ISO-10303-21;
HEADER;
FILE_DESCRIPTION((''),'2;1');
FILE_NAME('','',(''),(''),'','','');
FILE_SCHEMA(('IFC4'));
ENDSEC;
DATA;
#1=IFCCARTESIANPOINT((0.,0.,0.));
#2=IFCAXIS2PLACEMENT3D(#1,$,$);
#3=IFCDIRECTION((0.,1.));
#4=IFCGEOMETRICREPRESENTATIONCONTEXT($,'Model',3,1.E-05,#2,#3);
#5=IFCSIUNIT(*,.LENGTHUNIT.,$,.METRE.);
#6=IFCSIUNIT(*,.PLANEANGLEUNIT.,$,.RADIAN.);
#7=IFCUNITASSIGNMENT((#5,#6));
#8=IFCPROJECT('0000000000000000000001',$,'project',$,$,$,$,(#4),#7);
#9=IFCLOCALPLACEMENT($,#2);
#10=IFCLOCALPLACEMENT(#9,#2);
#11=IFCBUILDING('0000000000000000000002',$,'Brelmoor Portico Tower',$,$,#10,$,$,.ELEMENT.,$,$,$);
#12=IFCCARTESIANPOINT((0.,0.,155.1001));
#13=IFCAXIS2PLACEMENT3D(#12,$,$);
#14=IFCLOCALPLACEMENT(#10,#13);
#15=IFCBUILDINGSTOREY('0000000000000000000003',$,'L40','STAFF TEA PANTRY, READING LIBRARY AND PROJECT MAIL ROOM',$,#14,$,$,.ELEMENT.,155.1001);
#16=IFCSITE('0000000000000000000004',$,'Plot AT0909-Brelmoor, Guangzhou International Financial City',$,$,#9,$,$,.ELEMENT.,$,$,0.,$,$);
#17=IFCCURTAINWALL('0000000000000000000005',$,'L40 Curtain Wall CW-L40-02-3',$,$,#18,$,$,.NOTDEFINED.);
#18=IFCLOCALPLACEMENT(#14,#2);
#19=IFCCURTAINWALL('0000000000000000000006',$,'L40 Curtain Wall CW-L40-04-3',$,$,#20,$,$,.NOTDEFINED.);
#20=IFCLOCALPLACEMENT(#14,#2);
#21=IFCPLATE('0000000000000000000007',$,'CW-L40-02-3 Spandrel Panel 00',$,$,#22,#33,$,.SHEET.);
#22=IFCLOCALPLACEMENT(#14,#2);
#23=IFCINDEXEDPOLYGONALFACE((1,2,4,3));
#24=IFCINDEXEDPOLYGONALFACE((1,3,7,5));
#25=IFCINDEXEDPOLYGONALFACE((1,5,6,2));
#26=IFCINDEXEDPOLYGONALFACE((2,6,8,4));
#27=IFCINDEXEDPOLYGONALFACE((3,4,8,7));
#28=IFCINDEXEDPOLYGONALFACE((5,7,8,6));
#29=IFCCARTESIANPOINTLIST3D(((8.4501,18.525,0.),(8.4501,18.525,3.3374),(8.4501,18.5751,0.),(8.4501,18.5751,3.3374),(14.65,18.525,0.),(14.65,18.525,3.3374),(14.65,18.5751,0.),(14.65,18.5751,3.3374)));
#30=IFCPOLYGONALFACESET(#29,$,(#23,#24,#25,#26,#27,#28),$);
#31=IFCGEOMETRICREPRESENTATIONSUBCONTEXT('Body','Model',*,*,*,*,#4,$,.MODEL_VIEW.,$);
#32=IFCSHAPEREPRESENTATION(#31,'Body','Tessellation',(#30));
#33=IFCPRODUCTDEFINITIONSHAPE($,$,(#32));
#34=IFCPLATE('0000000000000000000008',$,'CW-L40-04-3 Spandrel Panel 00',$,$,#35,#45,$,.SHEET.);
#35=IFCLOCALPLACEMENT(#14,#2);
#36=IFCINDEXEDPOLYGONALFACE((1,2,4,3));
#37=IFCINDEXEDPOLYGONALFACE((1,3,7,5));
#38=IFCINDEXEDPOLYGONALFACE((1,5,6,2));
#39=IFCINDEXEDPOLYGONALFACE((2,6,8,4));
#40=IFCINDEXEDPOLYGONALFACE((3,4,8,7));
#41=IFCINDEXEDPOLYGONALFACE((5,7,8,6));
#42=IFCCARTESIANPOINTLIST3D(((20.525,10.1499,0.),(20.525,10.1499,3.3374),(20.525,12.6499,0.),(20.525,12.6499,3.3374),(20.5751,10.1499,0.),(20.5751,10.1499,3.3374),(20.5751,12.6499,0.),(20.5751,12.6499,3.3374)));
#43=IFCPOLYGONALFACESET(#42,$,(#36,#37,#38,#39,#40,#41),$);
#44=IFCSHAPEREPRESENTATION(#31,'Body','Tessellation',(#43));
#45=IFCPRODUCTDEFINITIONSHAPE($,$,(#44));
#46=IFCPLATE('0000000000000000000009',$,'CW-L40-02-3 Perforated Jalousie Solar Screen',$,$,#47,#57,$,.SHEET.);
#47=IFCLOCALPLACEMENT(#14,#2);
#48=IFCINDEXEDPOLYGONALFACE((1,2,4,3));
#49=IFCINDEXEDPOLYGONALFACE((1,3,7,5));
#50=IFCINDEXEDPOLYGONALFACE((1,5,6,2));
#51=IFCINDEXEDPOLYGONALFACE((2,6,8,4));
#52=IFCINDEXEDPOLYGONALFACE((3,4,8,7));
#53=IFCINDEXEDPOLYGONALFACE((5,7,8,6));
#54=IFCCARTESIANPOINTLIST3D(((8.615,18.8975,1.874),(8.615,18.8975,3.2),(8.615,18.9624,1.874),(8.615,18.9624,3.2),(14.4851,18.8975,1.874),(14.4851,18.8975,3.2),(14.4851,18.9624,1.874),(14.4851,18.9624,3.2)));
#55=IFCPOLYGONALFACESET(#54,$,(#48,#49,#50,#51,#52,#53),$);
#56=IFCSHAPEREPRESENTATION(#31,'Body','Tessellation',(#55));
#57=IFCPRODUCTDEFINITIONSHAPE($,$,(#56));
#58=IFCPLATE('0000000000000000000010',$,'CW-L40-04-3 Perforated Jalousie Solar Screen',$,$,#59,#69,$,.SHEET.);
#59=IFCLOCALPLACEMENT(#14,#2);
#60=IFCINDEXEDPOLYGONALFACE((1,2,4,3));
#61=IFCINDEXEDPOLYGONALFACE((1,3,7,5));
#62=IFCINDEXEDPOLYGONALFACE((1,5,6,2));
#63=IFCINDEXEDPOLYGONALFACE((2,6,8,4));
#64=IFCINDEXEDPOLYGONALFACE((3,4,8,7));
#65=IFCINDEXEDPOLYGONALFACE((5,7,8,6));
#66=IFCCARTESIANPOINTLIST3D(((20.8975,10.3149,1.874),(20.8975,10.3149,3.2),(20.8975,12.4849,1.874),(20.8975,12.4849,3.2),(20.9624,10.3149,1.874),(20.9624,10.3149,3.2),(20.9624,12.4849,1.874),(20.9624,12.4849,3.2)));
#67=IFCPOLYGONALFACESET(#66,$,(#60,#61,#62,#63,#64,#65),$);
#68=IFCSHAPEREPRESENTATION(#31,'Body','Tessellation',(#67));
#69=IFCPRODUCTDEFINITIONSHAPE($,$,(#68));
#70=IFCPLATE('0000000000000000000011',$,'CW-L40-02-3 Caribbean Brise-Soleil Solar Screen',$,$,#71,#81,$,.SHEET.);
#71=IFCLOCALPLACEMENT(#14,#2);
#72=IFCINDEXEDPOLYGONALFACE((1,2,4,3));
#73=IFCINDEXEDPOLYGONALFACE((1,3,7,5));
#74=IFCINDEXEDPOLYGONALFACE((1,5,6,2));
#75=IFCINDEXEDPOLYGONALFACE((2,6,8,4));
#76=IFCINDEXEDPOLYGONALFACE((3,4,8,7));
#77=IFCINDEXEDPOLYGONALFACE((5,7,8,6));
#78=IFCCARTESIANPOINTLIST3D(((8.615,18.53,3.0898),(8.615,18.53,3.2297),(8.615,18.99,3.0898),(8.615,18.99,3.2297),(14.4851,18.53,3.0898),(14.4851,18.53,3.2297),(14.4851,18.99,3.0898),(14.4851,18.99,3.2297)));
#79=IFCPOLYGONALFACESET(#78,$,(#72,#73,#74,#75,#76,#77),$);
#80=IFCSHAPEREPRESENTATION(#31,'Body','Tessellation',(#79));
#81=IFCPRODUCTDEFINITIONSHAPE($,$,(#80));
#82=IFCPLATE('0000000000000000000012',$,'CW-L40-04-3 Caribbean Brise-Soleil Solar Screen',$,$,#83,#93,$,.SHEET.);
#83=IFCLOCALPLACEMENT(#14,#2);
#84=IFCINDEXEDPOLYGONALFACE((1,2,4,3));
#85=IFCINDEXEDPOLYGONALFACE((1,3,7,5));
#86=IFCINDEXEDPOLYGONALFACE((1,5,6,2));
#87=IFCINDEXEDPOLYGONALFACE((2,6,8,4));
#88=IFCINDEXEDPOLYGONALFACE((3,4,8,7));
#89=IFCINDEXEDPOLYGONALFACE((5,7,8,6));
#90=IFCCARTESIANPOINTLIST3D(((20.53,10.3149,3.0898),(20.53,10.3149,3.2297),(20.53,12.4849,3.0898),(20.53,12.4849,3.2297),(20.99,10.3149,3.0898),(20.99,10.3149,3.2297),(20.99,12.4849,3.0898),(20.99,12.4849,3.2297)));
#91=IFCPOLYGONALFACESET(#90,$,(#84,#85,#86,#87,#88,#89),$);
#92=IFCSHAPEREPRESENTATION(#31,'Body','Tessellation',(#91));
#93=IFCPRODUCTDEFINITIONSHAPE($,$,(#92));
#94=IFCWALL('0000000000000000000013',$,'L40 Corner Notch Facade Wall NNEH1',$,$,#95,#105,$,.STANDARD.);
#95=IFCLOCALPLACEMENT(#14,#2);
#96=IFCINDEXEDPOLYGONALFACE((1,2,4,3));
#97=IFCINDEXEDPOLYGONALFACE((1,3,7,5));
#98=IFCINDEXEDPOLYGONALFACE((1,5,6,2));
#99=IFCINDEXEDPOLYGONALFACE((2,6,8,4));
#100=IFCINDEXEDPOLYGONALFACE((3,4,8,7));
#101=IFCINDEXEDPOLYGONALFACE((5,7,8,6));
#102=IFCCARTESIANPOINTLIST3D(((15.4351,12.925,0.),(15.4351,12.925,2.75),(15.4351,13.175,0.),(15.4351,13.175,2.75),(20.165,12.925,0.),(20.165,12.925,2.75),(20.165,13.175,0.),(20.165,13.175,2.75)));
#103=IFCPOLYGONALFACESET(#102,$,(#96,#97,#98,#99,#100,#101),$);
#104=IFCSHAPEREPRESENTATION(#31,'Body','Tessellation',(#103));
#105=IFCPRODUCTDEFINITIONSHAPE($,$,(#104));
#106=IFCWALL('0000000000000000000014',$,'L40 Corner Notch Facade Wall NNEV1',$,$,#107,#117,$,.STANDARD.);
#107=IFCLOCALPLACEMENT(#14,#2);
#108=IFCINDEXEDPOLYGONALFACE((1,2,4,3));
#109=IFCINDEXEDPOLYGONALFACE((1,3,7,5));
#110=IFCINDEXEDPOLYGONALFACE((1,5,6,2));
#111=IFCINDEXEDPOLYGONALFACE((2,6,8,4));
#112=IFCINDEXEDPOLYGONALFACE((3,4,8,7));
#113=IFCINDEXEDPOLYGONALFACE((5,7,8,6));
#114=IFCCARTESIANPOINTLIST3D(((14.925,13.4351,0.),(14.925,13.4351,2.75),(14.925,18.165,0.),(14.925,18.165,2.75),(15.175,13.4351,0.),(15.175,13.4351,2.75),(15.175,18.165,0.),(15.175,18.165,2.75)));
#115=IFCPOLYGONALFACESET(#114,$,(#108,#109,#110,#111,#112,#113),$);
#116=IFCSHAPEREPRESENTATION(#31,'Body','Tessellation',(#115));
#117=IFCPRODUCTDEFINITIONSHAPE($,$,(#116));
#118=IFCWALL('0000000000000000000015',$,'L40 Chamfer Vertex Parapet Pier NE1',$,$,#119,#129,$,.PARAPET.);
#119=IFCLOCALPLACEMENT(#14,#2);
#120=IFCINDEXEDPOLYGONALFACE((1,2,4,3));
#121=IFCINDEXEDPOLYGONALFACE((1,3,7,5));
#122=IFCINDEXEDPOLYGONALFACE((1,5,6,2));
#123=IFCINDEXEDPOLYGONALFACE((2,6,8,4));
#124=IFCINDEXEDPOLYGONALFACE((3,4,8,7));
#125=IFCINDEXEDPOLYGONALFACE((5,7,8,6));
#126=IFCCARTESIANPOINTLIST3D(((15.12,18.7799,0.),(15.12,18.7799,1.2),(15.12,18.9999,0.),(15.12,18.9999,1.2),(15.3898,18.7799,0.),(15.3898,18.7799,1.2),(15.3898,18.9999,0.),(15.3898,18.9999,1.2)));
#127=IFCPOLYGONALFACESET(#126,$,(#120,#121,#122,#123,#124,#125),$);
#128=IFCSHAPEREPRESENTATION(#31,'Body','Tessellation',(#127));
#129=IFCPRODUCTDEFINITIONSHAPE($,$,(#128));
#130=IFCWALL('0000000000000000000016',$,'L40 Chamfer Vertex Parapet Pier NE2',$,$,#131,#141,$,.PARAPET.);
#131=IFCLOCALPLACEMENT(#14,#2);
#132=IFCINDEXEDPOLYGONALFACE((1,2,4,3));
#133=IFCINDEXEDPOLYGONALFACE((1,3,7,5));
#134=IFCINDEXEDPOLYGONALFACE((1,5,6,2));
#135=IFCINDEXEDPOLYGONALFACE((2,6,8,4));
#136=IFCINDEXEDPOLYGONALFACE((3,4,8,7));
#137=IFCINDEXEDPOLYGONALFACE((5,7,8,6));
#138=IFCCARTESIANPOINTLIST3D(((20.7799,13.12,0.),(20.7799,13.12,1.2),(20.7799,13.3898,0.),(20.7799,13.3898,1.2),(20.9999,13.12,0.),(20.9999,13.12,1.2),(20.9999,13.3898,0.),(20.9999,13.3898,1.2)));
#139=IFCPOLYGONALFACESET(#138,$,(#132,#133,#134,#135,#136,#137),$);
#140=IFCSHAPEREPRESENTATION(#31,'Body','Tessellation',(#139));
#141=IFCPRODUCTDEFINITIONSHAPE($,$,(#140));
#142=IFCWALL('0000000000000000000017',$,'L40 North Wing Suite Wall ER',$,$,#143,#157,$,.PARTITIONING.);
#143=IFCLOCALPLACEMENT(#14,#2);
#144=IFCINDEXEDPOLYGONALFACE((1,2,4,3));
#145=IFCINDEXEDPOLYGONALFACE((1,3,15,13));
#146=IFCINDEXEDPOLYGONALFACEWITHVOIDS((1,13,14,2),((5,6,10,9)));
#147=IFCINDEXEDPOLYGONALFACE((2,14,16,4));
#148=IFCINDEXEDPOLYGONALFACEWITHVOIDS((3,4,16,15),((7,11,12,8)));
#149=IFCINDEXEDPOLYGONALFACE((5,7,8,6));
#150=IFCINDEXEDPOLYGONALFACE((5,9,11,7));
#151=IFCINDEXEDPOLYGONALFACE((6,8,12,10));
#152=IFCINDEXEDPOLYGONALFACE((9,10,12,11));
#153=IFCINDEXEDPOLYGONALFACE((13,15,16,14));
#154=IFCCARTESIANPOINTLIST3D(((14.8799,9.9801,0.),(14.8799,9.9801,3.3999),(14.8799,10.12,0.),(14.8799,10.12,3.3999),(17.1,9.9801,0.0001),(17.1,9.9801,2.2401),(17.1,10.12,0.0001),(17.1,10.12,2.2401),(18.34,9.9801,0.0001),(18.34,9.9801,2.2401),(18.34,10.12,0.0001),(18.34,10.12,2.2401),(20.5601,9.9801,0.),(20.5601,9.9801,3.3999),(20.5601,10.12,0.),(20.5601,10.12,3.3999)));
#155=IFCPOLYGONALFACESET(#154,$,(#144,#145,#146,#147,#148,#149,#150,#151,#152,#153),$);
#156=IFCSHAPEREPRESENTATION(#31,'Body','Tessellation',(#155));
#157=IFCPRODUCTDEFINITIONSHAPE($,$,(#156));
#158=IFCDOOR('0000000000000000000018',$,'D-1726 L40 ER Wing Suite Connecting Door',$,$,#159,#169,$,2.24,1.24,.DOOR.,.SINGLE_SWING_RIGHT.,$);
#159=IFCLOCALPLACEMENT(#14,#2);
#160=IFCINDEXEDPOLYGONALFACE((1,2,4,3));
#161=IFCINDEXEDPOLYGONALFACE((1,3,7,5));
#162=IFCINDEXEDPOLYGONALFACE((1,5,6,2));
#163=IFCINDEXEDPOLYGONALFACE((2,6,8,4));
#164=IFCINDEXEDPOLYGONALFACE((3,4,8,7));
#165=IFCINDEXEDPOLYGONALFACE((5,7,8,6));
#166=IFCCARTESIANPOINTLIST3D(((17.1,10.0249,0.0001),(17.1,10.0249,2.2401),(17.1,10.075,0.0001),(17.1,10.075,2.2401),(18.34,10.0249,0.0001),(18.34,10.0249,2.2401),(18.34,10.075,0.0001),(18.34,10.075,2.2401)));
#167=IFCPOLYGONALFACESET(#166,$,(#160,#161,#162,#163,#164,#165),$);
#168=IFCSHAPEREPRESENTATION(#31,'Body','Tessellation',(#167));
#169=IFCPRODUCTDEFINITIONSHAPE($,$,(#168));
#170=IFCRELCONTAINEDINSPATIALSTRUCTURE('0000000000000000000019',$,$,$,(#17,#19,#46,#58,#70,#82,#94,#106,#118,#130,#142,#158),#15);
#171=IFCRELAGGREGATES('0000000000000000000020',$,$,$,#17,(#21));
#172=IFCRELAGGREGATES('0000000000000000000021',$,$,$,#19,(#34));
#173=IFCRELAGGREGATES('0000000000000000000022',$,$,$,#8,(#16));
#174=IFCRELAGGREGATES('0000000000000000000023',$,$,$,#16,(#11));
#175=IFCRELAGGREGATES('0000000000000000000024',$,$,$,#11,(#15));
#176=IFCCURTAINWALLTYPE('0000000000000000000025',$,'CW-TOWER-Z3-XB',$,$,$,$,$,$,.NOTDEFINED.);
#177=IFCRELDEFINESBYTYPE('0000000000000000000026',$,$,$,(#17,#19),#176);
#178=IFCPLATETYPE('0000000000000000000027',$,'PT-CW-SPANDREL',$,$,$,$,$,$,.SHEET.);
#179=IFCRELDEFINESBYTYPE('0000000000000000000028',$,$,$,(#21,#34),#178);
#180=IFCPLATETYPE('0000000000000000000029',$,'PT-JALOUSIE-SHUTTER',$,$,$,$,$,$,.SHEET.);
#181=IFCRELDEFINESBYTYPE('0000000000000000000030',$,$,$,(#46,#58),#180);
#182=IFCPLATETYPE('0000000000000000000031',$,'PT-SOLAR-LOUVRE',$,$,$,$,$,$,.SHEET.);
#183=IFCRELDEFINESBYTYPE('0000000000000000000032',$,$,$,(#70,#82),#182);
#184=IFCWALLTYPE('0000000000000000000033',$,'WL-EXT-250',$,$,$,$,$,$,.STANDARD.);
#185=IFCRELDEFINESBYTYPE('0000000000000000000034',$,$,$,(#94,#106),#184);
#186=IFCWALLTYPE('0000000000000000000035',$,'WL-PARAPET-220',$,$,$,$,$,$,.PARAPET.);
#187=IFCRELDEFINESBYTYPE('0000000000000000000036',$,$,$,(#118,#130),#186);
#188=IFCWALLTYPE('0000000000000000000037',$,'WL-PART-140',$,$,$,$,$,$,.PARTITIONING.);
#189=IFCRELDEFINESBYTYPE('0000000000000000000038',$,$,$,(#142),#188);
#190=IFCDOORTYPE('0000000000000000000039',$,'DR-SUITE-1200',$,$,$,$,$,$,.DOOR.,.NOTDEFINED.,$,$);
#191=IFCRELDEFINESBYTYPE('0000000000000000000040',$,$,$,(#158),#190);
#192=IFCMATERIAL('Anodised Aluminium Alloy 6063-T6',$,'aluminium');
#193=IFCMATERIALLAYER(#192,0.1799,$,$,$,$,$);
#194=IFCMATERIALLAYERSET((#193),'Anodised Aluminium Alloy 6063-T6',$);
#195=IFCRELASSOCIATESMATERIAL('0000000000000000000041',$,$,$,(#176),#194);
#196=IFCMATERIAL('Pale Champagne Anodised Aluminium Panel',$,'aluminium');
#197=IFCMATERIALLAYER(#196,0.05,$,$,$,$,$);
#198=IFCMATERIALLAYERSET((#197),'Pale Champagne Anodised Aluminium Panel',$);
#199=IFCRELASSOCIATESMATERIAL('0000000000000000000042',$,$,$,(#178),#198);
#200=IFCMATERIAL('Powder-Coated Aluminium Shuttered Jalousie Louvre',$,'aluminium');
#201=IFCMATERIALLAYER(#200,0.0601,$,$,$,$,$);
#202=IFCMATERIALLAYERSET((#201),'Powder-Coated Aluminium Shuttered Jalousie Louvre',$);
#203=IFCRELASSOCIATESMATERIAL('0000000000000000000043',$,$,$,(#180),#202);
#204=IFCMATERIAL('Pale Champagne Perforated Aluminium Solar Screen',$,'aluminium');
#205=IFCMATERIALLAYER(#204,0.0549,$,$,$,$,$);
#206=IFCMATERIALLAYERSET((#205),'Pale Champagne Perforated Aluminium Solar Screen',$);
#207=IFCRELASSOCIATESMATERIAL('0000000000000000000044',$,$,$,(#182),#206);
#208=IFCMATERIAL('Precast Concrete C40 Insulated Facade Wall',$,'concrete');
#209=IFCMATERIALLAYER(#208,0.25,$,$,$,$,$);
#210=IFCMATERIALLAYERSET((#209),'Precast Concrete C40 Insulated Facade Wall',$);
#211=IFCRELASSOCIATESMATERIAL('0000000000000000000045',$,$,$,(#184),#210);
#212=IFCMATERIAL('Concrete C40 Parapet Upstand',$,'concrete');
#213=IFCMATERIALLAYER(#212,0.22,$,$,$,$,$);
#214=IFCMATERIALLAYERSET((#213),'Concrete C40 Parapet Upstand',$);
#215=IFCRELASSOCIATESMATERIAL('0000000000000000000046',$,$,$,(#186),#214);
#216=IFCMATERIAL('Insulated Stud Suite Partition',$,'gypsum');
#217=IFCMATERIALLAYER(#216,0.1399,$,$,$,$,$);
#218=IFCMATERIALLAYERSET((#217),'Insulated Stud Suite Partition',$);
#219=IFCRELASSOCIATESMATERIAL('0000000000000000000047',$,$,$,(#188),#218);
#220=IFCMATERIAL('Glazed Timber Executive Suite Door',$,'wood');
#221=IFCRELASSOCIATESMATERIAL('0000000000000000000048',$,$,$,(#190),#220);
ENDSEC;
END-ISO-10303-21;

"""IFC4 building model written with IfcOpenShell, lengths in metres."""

from ifc_helpers import new_model, si_unit, direction, frame, frame_2d, origin, origin_2d, place, context, subcontext, project, spatial, rectangle, extrude, material, layer, layer_set, type_object, element, fill, aggregate, save


model = new_model("IFC4")

# Units and contexts
model_context = context("Model", 3, precision=1e-05, world=origin(), true_north=direction((0.0, 1.0)))
body_context = subcontext(model_context, "Body", "Model", "MODEL_VIEW")
ifc_project = project(units=[si_unit("LENGTHUNIT", "METRE"), si_unit("PLANEANGLEUNIT", "RADIAN")], contexts=[model_context])

# Site, building, storey
site_placement = place(None, origin())
site = spatial("IfcSite", under=ifc_project, at=site_placement, Name="Plot AT0909-Brelmoor, Guangzhou International Financial City", CompositionType="ELEMENT", RefElevation=0.0)
building_placement = place(site_placement, origin())
building = spatial("IfcBuilding", under=site, at=building_placement, Name="Brelmoor Portico Tower", CompositionType="ELEMENT")
storey_placement = place(building_placement, frame((0.0, 0.0, 155.1001)))
storey = spatial("IfcBuildingStorey", under=building, at=storey_placement, Name="L40", Description="STAFF TEA PANTRY, READING LIBRARY AND PROJECT MAIL ROOM", CompositionType="ELEMENT", Elevation=155.1001)

# Curtain wall
ifc_material_1 = material(Name="Anodised Aluminium Alloy 6063-T6", Category="aluminium")
ifc_layer_1 = layer(ifc_material_1, 0.1799)
ifc_layer_set_1 = layer_set([ifc_layer_1], Name="Anodised Aluminium Alloy 6063-T6")
curtain_wall_type = type_object("IfcCurtainWallType", Name="CW-TOWER-Z3-XB", PredefinedType="NOTDEFINED", material=ifc_layer_set_1)
curtain_wall_1_placement = place(storey_placement, origin())
curtain_wall_1 = element("IfcCurtainWall", 1, at=curtain_wall_1_placement, inside=storey, type_object=curtain_wall_type, Name="L40 Curtain Wall CW-L40-02-3", PredefinedType="NOTDEFINED")

# Curtain wall
curtain_wall_2_placement = place(storey_placement, origin())
curtain_wall_2 = element("IfcCurtainWall", 2, at=curtain_wall_2_placement, inside=storey, type_object=curtain_wall_type, Name="L40 Curtain Wall CW-L40-04-3", PredefinedType="NOTDEFINED")

# Plates
ifc_material_2 = material(Name="Pale Champagne Anodised Aluminium Panel", Category="aluminium")
ifc_layer_2 = layer(ifc_material_2, 0.05)
ifc_layer_set_2 = layer_set([ifc_layer_2], Name="Pale Champagne Anodised Aluminium Panel")
plate_type_1 = type_object("IfcPlateType", Name="PT-CW-SPANDREL", PredefinedType="SHEET", material=ifc_layer_set_2)
plate_1_placement = place(storey_placement, frame((11.55, 18.55, 0.0), z_axis=(0.0, 0.0, 1.0), x_axis=(1.0, 0.0, 0.0)))
plate_1 = element("IfcPlate", 3, at=plate_1_placement, type_object=plate_type_1, Name="CW-L40-02-3 Spandrel Panel 00", PredefinedType="SHEET", context=body_context, shape_type="SweptSolid", body=[
    extrude(rectangle(XDim=6.2, YDim=0.05, at=origin_2d()), origin(), (0.0, 0.0, 1.0), 3.3374),
])
aggregate(curtain_wall_1, [plate_1])
plate_2_placement = place(storey_placement, frame((20.55, 11.3999, 0.0), z_axis=(0.0, 0.0, 1.0), x_axis=(0.0, 1.0, 0.0)))
plate_2 = element("IfcPlate", 4, at=plate_2_placement, type_object=plate_type_1, Name="CW-L40-04-3 Spandrel Panel 00", PredefinedType="SHEET", context=body_context, shape_type="SweptSolid", body=[
    extrude(rectangle(XDim=2.5, YDim=0.05, at=origin_2d()), origin(), (0.0, 0.0, 1.0), 3.3374),
])
aggregate(curtain_wall_2, [plate_2])

# Plates
ifc_material_3 = material(Name="Powder-Coated Aluminium Shuttered Jalousie Louvre", Category="aluminium")
ifc_layer_3 = layer(ifc_material_3, 0.0601)
ifc_layer_set_3 = layer_set([ifc_layer_3], Name="Powder-Coated Aluminium Shuttered Jalousie Louvre")
plate_type_2 = type_object("IfcPlateType", Name="PT-JALOUSIE-SHUTTER", PredefinedType="SHEET", material=ifc_layer_set_3)
plate_3_placement = place(storey_placement, frame((11.55, 18.9299, 1.874), z_axis=(0.0, 0.0, 1.0), x_axis=(1.0, 0.0, 0.0)))
element("IfcPlate", 5, at=plate_3_placement, inside=storey, type_object=plate_type_2, Name="CW-L40-02-3 Perforated Jalousie Solar Screen", PredefinedType="SHEET", context=body_context, shape_type="SweptSolid", body=[
    extrude(rectangle(XDim=5.8701, YDim=0.0649, at=origin_2d()), origin(), (0.0, 0.0, 1.0), 1.3259),
])
plate_4_placement = place(storey_placement, frame((20.9299, 11.3999, 1.874), z_axis=(0.0, 0.0, 1.0), x_axis=(0.0, 1.0, 0.0)))
element("IfcPlate", 6, at=plate_4_placement, inside=storey, type_object=plate_type_2, Name="CW-L40-04-3 Perforated Jalousie Solar Screen", PredefinedType="SHEET", context=body_context, shape_type="SweptSolid", body=[
    extrude(rectangle(XDim=2.1699, YDim=0.0649, at=origin_2d()), origin(), (0.0, 0.0, 1.0), 1.3259),
])
ifc_material_4 = material(Name="Pale Champagne Perforated Aluminium Solar Screen", Category="aluminium")
ifc_layer_4 = layer(ifc_material_4, 0.0549)
ifc_layer_set_4 = layer_set([ifc_layer_4], Name="Pale Champagne Perforated Aluminium Solar Screen")
plate_type_3 = type_object("IfcPlateType", Name="PT-SOLAR-LOUVRE", PredefinedType="SHEET", material=ifc_layer_set_4)
plate_5_placement = place(storey_placement, frame((11.55, 18.76, 3.0898), z_axis=(0.0, 0.0, 1.0), x_axis=(1.0, 0.0, 0.0)))
element("IfcPlate", 7, at=plate_5_placement, inside=storey, type_object=plate_type_3, Name="CW-L40-02-3 Caribbean Brise-Soleil Solar Screen", PredefinedType="SHEET", context=body_context, shape_type="SweptSolid", body=[
    extrude(rectangle(XDim=5.8701, YDim=0.46, at=origin_2d()), origin(), (0.0, 0.0, 1.0), 0.1399),
])
plate_6_placement = place(storey_placement, frame((20.76, 11.3999, 3.0898), z_axis=(0.0, 0.0, 1.0), x_axis=(0.0, 1.0, 0.0)))
element("IfcPlate", 8, at=plate_6_placement, inside=storey, type_object=plate_type_3, Name="CW-L40-04-3 Caribbean Brise-Soleil Solar Screen", PredefinedType="SHEET", context=body_context, shape_type="SweptSolid", body=[
    extrude(rectangle(XDim=2.1699, YDim=0.46, at=origin_2d()), origin(), (0.0, 0.0, 1.0), 0.1399),
])

# Walls
ifc_material_5 = material(Name="Precast Concrete C40 Insulated Facade Wall", Category="concrete")
ifc_layer_5 = layer(ifc_material_5, 0.25)
ifc_layer_set_5 = layer_set([ifc_layer_5], Name="Precast Concrete C40 Insulated Facade Wall")
wall_type_1 = type_object("IfcWallType", Name="WL-EXT-250", PredefinedType="STANDARD", material=ifc_layer_set_5)
for number, where, z_axis, x_axis, name in (
    (9, (15.4351, 13.05, 0.0), (0.0, 0.0, 1.0), (1.0, 0.0, 0.0), "L40 Corner Notch Facade Wall NNEH1"),
    (10, (15.05, 13.4351, 0.0), (0.0, 0.0, 1.0), (0.0, 1.0, 0.0), "L40 Corner Notch Facade Wall NNEV1"),
):
    element("IfcWall", number, at=place(storey_placement, frame(where, z_axis=z_axis, x_axis=x_axis)), inside=storey, type_object=wall_type_1, Name=name, PredefinedType="STANDARD", context=body_context, shape_type="SweptSolid", body=[
        extrude(rectangle(XDim=4.73, YDim=0.25, at=frame_2d((2.365, 0.0))), origin(), (0.0, 0.0, 1.0), 2.75),
    ])
ifc_material_6 = material(Name="Concrete C40 Parapet Upstand", Category="concrete")
ifc_layer_6 = layer(ifc_material_6, 0.22)
ifc_layer_set_6 = layer_set([ifc_layer_6], Name="Concrete C40 Parapet Upstand")
wall_type_2 = type_object("IfcWallType", Name="WL-PARAPET-220", PredefinedType="PARAPET", material=ifc_layer_set_6)
for number, where, z_axis, x_axis, name in (
    (11, (15.1201, 18.8899, 0.0), (0.0, 0.0, 1.0), (1.0, 0.0, 0.0), "L40 Chamfer Vertex Parapet Pier NE1"),
    (12, (20.8899, 13.1201, 0.0), (0.0, 0.0, 1.0), (0.0, 1.0, 0.0), "L40 Chamfer Vertex Parapet Pier NE2"),
):
    element("IfcWall", number, at=place(storey_placement, frame(where, z_axis=z_axis, x_axis=x_axis)), inside=storey, type_object=wall_type_2, Name=name, PredefinedType="PARAPET", context=body_context, shape_type="SweptSolid", body=[
        extrude(rectangle(XDim=0.2698, YDim=0.22, at=frame_2d((0.1348, 0.0))), origin(), (0.0, 0.0, 1.0), 1.2),
    ])

# Wall, opening, door
ifc_material_7 = material(Name="Insulated Stud Suite Partition", Category="gypsum")
ifc_layer_7 = layer(ifc_material_7, 0.1399)
ifc_layer_set_7 = layer_set([ifc_layer_7], Name="Insulated Stud Suite Partition")
wall_type_3 = type_object("IfcWallType", Name="WL-PART-140", PredefinedType="PARTITIONING", material=ifc_layer_set_7)
wall_placement = place(storey_placement, frame((14.8799, 10.05, 0.0), z_axis=(0.0, 0.0, 1.0), x_axis=(1.0, 0.0, 0.0)))
wall = element("IfcWall", 13, at=wall_placement, inside=storey, type_object=wall_type_3, Name="L40 North Wing Suite Wall ER", PredefinedType="PARTITIONING", context=body_context, shape_type="SweptSolid", body=[
    extrude(rectangle(XDim=5.6802, YDim=0.1399, at=frame_2d((2.8401, 0.0))), origin(), (0.0, 0.0, 1.0), 3.3999),
])
opening_placement = place(wall_placement, frame((2.22, 0.0, 0.0)))
opening = element("IfcOpeningElement", 14, at=opening_placement, cuts=wall, PredefinedType="OPENING", context=body_context, shape_type="SweptSolid", body=[
    extrude(rectangle(XDim=1.24, YDim=2.24, at=frame_2d((0.6201, 1.1201))), frame((0.0, 0.0798, 0.0), z_axis=(0.0, -1.0, 0.0), x_axis=(1.0, 0.0, 0.0)), (0.0, 0.0, 1.0), 0.1599),
])
ifc_material_8 = material(Name="Glazed Timber Executive Suite Door", Category="wood")
door_type = type_object("IfcDoorType", Name="DR-SUITE-1200", OperationType="NOTDEFINED", PredefinedType="DOOR", material=ifc_material_8)
door_placement = place(opening_placement, origin())
door = element("IfcDoor", 15, at=door_placement, inside=storey, type_object=door_type, Name="D-1726 L40 ER Wing Suite Connecting Door", OperationType="SINGLE_SWING_RIGHT", OverallHeight=2.24, OverallWidth=1.24, PredefinedType="DOOR", context=body_context, shape_type="SweptSolid", body=[
    extrude(rectangle(XDim=1.24, YDim=2.24, at=frame_2d((0.6201, 1.1201))), frame((0.0, 0.0249, 0.0), z_axis=(0.0, -1.0, 0.0), x_axis=(1.0, 0.0, 0.0)), (0.0, 0.0, 1.0), 0.05),
])
fill(opening, door)

save(model, "model.ifc")
